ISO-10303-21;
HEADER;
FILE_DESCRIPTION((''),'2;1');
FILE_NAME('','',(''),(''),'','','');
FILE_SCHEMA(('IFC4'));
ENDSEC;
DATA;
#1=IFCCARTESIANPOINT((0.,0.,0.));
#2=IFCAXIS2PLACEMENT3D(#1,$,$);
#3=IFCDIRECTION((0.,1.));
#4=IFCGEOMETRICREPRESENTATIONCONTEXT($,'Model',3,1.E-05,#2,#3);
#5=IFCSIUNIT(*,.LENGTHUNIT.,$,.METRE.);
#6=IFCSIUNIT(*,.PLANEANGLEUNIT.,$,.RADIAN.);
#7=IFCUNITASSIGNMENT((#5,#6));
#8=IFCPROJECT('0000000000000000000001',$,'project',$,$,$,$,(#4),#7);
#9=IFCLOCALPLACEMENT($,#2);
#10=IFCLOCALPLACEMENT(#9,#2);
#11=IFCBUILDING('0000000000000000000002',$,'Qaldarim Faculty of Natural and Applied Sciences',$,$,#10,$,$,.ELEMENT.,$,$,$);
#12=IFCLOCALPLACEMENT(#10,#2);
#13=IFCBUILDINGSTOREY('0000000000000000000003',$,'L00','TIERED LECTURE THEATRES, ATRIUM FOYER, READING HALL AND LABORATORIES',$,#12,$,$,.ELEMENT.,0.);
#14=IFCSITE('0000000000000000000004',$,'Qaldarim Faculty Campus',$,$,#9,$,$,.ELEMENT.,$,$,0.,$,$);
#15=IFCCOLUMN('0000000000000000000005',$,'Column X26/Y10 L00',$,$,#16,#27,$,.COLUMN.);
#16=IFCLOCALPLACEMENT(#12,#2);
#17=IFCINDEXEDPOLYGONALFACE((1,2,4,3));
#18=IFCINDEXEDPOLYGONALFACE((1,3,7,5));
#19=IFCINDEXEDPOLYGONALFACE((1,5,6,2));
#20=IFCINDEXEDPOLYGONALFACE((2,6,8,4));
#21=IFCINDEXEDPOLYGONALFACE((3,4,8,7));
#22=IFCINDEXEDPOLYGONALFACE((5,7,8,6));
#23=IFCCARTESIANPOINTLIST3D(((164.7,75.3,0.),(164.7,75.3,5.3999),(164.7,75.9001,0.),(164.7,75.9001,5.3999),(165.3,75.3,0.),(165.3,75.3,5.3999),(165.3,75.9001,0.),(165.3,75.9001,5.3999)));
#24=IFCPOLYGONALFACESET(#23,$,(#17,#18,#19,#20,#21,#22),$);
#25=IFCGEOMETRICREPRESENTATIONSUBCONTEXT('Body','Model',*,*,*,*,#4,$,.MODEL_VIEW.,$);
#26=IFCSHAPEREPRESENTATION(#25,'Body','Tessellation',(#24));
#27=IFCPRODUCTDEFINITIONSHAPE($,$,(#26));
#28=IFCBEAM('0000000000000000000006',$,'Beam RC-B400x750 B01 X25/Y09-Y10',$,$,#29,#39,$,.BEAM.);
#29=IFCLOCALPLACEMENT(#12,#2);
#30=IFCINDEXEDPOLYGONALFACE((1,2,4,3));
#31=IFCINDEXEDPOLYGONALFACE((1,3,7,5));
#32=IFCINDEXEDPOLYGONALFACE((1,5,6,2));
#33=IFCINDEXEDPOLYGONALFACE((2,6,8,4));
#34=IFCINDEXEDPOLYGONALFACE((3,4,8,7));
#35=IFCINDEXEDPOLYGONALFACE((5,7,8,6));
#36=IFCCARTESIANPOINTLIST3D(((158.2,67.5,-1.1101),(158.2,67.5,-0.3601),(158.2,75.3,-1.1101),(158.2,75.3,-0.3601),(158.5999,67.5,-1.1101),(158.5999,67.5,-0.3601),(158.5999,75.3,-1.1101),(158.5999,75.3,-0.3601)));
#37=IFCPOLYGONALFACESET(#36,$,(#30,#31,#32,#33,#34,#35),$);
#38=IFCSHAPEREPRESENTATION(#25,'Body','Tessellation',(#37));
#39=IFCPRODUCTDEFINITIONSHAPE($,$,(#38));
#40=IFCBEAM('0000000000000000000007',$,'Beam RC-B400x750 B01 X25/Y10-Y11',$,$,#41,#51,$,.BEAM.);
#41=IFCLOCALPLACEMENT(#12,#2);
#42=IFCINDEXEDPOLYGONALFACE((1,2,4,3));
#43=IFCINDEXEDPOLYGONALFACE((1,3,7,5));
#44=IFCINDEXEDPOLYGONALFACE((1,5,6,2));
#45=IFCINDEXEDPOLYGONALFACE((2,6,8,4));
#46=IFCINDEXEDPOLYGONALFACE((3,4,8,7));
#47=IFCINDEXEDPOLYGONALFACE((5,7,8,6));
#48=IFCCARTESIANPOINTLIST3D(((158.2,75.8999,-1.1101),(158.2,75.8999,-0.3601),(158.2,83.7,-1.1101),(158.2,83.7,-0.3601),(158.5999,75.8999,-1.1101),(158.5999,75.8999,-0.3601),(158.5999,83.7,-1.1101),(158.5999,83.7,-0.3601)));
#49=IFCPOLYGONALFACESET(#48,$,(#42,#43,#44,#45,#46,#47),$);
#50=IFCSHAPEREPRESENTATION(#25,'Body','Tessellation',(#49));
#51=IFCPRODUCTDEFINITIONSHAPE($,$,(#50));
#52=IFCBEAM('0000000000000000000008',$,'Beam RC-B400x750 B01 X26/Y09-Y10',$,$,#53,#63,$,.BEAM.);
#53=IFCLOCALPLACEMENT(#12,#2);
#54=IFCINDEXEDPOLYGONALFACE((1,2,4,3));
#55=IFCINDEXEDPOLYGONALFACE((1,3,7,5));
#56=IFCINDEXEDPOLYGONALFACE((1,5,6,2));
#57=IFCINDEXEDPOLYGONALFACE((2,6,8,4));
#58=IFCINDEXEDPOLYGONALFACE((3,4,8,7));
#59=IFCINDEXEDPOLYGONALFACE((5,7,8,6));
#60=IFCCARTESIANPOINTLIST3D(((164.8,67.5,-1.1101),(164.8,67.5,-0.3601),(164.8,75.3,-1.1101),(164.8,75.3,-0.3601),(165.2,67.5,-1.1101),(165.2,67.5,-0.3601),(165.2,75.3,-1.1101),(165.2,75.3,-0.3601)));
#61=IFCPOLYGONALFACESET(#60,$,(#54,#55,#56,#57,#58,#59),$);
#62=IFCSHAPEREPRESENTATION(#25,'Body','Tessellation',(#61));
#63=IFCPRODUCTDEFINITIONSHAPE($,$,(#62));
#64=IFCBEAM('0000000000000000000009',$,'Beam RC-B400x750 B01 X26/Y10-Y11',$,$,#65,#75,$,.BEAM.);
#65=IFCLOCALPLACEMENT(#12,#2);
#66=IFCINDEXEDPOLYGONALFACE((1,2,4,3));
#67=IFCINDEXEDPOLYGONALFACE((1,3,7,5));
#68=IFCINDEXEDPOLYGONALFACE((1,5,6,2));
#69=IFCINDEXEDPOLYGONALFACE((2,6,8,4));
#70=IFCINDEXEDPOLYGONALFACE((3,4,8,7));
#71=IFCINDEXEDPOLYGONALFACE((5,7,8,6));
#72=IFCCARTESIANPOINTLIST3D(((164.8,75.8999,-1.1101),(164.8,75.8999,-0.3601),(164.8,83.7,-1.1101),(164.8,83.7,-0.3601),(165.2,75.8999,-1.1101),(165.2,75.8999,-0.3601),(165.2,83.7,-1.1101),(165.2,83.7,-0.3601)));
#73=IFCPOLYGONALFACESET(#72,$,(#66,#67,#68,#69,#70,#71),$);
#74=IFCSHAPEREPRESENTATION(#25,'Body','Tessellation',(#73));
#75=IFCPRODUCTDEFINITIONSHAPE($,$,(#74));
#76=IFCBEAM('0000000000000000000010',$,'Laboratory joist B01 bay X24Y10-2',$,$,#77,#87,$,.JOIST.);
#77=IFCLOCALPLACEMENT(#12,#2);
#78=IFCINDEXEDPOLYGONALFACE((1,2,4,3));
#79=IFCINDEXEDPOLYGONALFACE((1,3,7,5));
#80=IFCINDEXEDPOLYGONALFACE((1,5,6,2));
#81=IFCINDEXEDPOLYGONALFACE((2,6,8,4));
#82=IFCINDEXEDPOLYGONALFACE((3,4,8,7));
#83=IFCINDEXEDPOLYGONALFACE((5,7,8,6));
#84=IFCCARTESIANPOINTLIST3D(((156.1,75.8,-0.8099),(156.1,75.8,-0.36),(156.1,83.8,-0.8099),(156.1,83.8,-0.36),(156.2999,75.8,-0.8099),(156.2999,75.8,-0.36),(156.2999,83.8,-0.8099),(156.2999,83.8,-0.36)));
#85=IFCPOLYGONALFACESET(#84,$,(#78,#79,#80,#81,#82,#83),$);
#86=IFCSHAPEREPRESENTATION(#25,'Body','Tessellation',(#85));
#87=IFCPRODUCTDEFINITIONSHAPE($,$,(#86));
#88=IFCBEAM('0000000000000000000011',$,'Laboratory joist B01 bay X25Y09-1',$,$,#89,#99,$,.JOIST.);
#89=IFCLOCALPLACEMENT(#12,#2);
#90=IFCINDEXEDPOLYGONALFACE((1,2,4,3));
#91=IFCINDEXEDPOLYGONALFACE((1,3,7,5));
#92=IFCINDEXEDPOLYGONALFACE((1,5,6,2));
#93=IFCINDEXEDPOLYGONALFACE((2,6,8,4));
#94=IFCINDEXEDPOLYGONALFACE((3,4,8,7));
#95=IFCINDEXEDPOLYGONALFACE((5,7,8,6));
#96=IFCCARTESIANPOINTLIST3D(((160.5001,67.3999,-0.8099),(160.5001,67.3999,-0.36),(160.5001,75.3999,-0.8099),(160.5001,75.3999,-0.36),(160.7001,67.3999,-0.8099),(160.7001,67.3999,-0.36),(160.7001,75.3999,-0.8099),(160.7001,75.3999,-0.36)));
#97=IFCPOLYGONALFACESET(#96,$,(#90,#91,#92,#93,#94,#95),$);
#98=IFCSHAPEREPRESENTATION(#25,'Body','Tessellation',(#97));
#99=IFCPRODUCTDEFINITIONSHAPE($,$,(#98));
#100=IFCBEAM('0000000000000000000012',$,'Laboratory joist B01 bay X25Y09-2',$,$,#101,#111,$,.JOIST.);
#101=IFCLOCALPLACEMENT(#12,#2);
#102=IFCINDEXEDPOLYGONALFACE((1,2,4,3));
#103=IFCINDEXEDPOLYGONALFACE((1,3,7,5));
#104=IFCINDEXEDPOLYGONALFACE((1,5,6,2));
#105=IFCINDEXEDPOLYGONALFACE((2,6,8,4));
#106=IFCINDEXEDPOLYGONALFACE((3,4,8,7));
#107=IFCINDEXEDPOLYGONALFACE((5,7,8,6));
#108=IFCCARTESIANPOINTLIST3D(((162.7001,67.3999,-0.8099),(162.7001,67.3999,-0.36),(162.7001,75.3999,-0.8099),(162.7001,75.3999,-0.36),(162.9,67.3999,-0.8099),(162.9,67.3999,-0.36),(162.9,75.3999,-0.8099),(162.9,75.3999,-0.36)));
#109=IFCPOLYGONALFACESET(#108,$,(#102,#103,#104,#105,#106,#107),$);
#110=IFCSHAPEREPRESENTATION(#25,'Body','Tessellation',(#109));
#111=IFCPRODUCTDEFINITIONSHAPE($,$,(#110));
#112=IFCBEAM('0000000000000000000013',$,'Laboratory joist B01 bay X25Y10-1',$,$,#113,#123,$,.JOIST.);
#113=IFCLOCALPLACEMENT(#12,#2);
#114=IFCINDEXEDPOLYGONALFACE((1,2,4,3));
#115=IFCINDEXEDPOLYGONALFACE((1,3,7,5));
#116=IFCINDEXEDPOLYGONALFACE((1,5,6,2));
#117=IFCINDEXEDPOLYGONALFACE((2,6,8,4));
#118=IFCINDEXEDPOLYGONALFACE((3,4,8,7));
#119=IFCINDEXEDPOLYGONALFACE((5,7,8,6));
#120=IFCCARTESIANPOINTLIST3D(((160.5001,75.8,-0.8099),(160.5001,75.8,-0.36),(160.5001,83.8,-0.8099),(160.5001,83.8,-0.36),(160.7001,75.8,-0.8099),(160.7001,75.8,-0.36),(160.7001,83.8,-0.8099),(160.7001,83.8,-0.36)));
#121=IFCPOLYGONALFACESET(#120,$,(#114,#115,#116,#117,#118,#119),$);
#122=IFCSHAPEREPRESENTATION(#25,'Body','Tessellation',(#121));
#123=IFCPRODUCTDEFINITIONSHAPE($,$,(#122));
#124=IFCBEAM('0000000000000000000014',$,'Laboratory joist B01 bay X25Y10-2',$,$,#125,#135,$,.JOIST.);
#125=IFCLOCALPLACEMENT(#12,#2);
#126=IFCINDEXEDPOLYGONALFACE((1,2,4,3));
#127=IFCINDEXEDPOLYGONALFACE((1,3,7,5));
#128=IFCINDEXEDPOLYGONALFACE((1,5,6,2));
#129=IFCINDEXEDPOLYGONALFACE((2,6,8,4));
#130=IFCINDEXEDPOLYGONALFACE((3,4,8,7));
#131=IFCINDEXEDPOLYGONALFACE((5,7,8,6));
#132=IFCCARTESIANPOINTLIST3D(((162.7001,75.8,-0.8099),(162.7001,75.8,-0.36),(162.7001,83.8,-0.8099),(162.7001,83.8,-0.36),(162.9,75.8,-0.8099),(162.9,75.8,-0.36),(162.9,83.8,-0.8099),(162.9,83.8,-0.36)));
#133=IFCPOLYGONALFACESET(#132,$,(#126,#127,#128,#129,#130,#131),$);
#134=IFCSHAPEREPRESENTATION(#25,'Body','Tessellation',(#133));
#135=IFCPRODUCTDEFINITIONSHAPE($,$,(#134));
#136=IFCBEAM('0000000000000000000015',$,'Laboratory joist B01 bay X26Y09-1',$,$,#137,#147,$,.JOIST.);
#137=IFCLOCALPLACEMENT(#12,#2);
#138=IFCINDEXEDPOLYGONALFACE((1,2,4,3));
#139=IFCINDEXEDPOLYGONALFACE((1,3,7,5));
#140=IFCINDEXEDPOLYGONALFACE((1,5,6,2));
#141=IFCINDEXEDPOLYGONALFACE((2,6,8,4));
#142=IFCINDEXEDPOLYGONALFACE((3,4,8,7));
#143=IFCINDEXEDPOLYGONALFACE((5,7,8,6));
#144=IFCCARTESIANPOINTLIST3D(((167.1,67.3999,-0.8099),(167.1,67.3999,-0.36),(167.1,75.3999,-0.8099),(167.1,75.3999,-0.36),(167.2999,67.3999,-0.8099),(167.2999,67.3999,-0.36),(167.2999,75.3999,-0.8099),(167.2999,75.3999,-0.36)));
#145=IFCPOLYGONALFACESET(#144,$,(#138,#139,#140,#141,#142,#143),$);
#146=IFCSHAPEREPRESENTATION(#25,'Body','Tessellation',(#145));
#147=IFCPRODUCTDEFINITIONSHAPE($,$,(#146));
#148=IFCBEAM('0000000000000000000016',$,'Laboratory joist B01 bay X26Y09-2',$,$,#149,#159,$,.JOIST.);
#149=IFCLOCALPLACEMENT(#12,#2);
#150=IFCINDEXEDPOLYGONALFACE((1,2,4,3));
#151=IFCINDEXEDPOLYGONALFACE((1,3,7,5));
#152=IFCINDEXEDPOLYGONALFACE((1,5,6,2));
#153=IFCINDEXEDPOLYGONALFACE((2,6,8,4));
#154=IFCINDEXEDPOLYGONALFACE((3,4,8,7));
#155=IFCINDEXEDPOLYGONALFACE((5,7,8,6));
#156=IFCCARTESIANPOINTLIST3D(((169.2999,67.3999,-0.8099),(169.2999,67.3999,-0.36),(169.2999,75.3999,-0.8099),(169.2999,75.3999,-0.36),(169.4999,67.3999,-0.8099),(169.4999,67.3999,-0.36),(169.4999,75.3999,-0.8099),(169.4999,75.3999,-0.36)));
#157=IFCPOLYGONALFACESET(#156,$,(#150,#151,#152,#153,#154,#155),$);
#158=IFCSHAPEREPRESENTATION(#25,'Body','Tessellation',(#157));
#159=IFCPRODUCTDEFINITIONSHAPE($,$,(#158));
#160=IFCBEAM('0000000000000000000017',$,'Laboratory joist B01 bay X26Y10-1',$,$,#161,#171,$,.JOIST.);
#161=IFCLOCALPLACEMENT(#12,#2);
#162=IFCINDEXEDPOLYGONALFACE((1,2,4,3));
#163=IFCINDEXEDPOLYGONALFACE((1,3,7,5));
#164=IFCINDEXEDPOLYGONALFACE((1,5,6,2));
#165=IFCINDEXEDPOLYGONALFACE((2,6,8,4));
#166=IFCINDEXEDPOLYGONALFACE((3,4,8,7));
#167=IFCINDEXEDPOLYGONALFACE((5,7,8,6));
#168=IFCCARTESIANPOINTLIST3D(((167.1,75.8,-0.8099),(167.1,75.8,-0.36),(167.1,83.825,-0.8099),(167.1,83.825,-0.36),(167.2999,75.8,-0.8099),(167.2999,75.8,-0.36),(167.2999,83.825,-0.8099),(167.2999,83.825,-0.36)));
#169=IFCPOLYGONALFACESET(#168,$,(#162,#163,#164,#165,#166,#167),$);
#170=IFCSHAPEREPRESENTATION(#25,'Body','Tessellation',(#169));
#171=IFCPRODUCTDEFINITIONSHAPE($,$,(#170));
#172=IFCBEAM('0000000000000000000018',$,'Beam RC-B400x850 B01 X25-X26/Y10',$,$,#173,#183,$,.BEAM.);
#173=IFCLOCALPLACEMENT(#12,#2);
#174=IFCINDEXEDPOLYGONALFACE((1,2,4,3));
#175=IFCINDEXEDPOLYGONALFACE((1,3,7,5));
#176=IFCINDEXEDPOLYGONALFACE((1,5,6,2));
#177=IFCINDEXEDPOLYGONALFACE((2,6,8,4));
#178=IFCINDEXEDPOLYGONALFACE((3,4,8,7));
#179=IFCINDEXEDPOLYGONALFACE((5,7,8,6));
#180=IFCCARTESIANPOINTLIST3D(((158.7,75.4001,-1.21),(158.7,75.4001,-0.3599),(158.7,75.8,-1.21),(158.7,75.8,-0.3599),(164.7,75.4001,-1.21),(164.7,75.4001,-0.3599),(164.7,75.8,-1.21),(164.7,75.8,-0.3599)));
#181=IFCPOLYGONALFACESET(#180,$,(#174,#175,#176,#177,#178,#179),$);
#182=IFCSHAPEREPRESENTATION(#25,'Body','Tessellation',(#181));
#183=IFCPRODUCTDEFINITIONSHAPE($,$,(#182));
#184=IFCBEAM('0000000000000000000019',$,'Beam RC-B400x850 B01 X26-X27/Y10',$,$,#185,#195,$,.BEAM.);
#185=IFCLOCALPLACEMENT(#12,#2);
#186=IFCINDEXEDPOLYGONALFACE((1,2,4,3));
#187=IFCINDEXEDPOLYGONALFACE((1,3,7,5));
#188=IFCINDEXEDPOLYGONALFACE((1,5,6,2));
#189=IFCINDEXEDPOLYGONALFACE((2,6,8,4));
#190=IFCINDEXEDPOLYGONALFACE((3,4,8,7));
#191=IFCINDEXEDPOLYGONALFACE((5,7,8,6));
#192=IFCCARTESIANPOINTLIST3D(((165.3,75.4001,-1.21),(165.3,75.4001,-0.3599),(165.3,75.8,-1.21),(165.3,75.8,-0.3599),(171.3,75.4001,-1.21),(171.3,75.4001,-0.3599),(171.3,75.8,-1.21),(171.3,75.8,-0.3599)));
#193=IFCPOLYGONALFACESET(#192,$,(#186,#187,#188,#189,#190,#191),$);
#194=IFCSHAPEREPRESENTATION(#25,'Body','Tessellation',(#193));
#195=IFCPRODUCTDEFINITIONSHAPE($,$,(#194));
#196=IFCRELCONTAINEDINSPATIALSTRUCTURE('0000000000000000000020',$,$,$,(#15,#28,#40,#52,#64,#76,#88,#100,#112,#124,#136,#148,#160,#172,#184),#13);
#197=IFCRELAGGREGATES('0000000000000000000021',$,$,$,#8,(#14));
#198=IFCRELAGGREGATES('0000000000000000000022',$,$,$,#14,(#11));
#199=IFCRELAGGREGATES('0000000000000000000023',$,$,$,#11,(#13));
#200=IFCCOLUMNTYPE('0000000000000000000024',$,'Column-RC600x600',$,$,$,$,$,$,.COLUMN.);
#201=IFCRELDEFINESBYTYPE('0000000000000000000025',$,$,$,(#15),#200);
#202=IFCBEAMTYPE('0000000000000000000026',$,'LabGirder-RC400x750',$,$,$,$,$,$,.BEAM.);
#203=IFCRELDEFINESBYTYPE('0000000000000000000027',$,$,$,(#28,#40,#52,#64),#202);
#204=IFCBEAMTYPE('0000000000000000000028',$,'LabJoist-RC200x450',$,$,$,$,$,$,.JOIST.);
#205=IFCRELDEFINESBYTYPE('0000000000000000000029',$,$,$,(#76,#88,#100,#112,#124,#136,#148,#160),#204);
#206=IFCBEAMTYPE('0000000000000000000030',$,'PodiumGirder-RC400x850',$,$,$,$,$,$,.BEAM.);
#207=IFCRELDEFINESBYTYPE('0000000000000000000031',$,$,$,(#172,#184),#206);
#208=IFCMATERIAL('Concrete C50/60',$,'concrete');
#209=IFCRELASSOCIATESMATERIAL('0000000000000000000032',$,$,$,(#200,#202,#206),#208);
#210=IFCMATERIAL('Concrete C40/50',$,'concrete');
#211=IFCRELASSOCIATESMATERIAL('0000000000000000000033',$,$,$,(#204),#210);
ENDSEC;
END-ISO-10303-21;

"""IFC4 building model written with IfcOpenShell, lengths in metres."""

from ifc_helpers import new_model, si_unit, direction, frame, origin, origin_2d, place, context, subcontext, project, spatial, rectangle, extrude, material, material_profile, profile_set, type_object, element, save


model = new_model("IFC4")

# Units and contexts
model_context = context("Model", 3, precision=1e-05, world=origin(), true_north=direction((0.0, 1.0)))
body_context = subcontext(model_context, "Body", "Model", "MODEL_VIEW")
ifc_project = project(units=[si_unit("LENGTHUNIT", "METRE"), si_unit("PLANEANGLEUNIT", "RADIAN")], contexts=[model_context])

# Site, building, storey
site_placement = place(None, origin())
site = spatial("IfcSite", under=ifc_project, at=site_placement, Name="Qaldarim Faculty Campus", CompositionType="ELEMENT", RefElevation=0.0)
building_placement = place(site_placement, origin())
building = spatial("IfcBuilding", under=site, at=building_placement, Name="Qaldarim Faculty of Natural and Applied Sciences", CompositionType="ELEMENT")
storey_placement = place(building_placement, origin())
storey = spatial("IfcBuildingStorey", under=building, at=storey_placement, Name="L00", Description="TIERED LECTURE THEATRES, ATRIUM FOYER, READING HALL AND LABORATORIES", CompositionType="ELEMENT", Elevation=0.0)

# Column
ifc_material_1 = material(Name="Concrete C50/60", Category="concrete")
ifc_material_profile_1 = material_profile(ifc_material_1, rectangle(XDim=0.6001, YDim=0.6001, at=origin_2d()), Name="RC-C600x600")
ifc_profile_set_1 = profile_set([ifc_material_profile_1], Name="Concrete C50/60")
column_type = type_object("IfcColumnType", Name="Column-RC600x600", PredefinedType="COLUMN", material=ifc_profile_set_1)
column_placement = place(storey_placement, frame((165.0, 75.6001, 0.0), z_axis=(0.0, 0.0, 1.0), x_axis=(1.0, 0.0, 0.0)))
element("IfcColumn", 1, at=column_placement, inside=storey, type_object=column_type, Name="Column X26/Y10 L00", PredefinedType="COLUMN", context=body_context, shape_type="SweptSolid", body=[
    extrude(rectangle(XDim=0.6001, YDim=0.6001, at=origin_2d()), origin(), (0.0, 0.0, 1.0), 5.3999),
])

# Beams
ifc_material_profile_2 = material_profile(ifc_material_1, rectangle(XDim=0.3999, YDim=0.75, at=origin_2d()), Name="RC-B400x750")
ifc_profile_set_2 = profile_set([ifc_material_profile_2], Name="Concrete C50/60")
beam_type_1 = type_object("IfcBeamType", Name="LabGirder-RC400x750", PredefinedType="BEAM", material=ifc_profile_set_2)
for number, where, z_axis, x_axis, name in (
    (2, (158.3999, 67.5, -0.7351), (0.0, 1.0, 0.0), (-1.0, 0.0, 0.0), "Beam RC-B400x750 B01 X25/Y09-Y10"),
    (3, (158.3999, 75.8999, -0.7351), (0.0, 1.0, 0.0), (-1.0, 0.0, 0.0), "Beam RC-B400x750 B01 X25/Y10-Y11"),
    (4, (165.0, 67.5, -0.7351), (0.0, 1.0, 0.0), (-1.0, 0.0, 0.0), "Beam RC-B400x750 B01 X26/Y09-Y10"),
    (5, (165.0, 75.8999, -0.7351), (0.0, 1.0, 0.0), (-1.0, 0.0, 0.0), "Beam RC-B400x750 B01 X26/Y10-Y11"),
):
    element("IfcBeam", number, at=place(storey_placement, frame(where, z_axis=z_axis, x_axis=x_axis)), inside=storey, type_object=beam_type_1, Name=name, PredefinedType="BEAM", context=body_context, shape_type="SweptSolid", body=[
        extrude(rectangle(XDim=0.3999, YDim=0.75, at=origin_2d()), origin(), (0.0, 0.0, 1.0), 7.8),
    ])
ifc_material_2 = material(Name="Concrete C40/50", Category="concrete")
ifc_material_profile_3 = material_profile(ifc_material_2, rectangle(XDim=0.2, YDim=0.45, at=origin_2d()), Name="RC-J200x450")
ifc_profile_set_3 = profile_set([ifc_material_profile_3], Name="Concrete C40/50")
beam_type_2 = type_object("IfcBeamType", Name="LabJoist-RC200x450", PredefinedType="JOIST", material=ifc_profile_set_3)
for number, where, z_axis, x_axis, name in (
    (6, (156.2, 75.8, -0.585), (0.0, 1.0, 0.0), (-1.0, 0.0, 0.0), "Laboratory joist B01 bay X24Y10-2"),
    (7, (160.6001, 67.3999, -0.585), (0.0, 1.0, 0.0), (-1.0, 0.0, 0.0), "Laboratory joist B01 bay X25Y09-1"),
    (8, (162.8, 67.3999, -0.585), (0.0, 1.0, 0.0), (-1.0, 0.0, 0.0), "Laboratory joist B01 bay X25Y09-2"),
    (9, (160.6001, 75.8, -0.585), (0.0, 1.0, 0.0), (-1.0, 0.0, 0.0), "Laboratory joist B01 bay X25Y10-1"),
    (10, (162.8, 75.8, -0.585), (0.0, 1.0, 0.0), (-1.0, 0.0, 0.0), "Laboratory joist B01 bay X25Y10-2"),
    (11, (167.2, 67.3999, -0.585), (0.0, 1.0, 0.0), (-1.0, 0.0, 0.0), "Laboratory joist B01 bay X26Y09-1"),
    (12, (169.3999, 67.3999, -0.585), (0.0, 1.0, 0.0), (-1.0, 0.0, 0.0), "Laboratory joist B01 bay X26Y09-2"),
):
    element("IfcBeam", number, at=place(storey_placement, frame(where, z_axis=z_axis, x_axis=x_axis)), inside=storey, type_object=beam_type_2, Name=name, PredefinedType="JOIST", context=body_context, shape_type="SweptSolid", body=[
        extrude(rectangle(XDim=0.2, YDim=0.45, at=origin_2d()), origin(), (0.0, 0.0, 1.0), 8.0),
    ])
beam_placement = place(storey_placement, frame((167.2, 75.8, -0.585), z_axis=(0.0, 1.0, 0.0), x_axis=(-1.0, 0.0, 0.0)))
element("IfcBeam", 13, at=beam_placement, inside=storey, type_object=beam_type_2, Name="Laboratory joist B01 bay X26Y10-1", PredefinedType="JOIST", context=body_context, shape_type="SweptSolid", body=[
    extrude(rectangle(XDim=0.2, YDim=0.45, at=origin_2d()), origin(), (0.0, 0.0, 1.0), 8.0249),
])
ifc_material_profile_4 = material_profile(ifc_material_1, rectangle(XDim=0.3999, YDim=0.8501, at=origin_2d()), Name="RC-B400x850")
ifc_profile_set_4 = profile_set([ifc_material_profile_4], Name="Concrete C50/60")
beam_type_3 = type_object("IfcBeamType", Name="PodiumGirder-RC400x850", PredefinedType="BEAM", material=ifc_profile_set_4)
for number, where, z_axis, x_axis, name in (
    (14, (158.7, 75.6001, -0.7849), (1.0, 0.0, 0.0), (0.0, 1.0, 0.0), "Beam RC-B400x850 B01 X25-X26/Y10"),
    (15, (165.3, 75.6001, -0.7849), (1.0, 0.0, 0.0), (0.0, 1.0, 0.0), "Beam RC-B400x850 B01 X26-X27/Y10"),
):
    element("IfcBeam", number, at=place(storey_placement, frame(where, z_axis=z_axis, x_axis=x_axis)), inside=storey, type_object=beam_type_3, Name=name, PredefinedType="BEAM", context=body_context, shape_type="SweptSolid", body=[
        extrude(rectangle(XDim=0.3999, YDim=0.8501, at=origin_2d()), origin(), (0.0, 0.0, 1.0), 6.0),
    ])

save(model, "model.ifc")
